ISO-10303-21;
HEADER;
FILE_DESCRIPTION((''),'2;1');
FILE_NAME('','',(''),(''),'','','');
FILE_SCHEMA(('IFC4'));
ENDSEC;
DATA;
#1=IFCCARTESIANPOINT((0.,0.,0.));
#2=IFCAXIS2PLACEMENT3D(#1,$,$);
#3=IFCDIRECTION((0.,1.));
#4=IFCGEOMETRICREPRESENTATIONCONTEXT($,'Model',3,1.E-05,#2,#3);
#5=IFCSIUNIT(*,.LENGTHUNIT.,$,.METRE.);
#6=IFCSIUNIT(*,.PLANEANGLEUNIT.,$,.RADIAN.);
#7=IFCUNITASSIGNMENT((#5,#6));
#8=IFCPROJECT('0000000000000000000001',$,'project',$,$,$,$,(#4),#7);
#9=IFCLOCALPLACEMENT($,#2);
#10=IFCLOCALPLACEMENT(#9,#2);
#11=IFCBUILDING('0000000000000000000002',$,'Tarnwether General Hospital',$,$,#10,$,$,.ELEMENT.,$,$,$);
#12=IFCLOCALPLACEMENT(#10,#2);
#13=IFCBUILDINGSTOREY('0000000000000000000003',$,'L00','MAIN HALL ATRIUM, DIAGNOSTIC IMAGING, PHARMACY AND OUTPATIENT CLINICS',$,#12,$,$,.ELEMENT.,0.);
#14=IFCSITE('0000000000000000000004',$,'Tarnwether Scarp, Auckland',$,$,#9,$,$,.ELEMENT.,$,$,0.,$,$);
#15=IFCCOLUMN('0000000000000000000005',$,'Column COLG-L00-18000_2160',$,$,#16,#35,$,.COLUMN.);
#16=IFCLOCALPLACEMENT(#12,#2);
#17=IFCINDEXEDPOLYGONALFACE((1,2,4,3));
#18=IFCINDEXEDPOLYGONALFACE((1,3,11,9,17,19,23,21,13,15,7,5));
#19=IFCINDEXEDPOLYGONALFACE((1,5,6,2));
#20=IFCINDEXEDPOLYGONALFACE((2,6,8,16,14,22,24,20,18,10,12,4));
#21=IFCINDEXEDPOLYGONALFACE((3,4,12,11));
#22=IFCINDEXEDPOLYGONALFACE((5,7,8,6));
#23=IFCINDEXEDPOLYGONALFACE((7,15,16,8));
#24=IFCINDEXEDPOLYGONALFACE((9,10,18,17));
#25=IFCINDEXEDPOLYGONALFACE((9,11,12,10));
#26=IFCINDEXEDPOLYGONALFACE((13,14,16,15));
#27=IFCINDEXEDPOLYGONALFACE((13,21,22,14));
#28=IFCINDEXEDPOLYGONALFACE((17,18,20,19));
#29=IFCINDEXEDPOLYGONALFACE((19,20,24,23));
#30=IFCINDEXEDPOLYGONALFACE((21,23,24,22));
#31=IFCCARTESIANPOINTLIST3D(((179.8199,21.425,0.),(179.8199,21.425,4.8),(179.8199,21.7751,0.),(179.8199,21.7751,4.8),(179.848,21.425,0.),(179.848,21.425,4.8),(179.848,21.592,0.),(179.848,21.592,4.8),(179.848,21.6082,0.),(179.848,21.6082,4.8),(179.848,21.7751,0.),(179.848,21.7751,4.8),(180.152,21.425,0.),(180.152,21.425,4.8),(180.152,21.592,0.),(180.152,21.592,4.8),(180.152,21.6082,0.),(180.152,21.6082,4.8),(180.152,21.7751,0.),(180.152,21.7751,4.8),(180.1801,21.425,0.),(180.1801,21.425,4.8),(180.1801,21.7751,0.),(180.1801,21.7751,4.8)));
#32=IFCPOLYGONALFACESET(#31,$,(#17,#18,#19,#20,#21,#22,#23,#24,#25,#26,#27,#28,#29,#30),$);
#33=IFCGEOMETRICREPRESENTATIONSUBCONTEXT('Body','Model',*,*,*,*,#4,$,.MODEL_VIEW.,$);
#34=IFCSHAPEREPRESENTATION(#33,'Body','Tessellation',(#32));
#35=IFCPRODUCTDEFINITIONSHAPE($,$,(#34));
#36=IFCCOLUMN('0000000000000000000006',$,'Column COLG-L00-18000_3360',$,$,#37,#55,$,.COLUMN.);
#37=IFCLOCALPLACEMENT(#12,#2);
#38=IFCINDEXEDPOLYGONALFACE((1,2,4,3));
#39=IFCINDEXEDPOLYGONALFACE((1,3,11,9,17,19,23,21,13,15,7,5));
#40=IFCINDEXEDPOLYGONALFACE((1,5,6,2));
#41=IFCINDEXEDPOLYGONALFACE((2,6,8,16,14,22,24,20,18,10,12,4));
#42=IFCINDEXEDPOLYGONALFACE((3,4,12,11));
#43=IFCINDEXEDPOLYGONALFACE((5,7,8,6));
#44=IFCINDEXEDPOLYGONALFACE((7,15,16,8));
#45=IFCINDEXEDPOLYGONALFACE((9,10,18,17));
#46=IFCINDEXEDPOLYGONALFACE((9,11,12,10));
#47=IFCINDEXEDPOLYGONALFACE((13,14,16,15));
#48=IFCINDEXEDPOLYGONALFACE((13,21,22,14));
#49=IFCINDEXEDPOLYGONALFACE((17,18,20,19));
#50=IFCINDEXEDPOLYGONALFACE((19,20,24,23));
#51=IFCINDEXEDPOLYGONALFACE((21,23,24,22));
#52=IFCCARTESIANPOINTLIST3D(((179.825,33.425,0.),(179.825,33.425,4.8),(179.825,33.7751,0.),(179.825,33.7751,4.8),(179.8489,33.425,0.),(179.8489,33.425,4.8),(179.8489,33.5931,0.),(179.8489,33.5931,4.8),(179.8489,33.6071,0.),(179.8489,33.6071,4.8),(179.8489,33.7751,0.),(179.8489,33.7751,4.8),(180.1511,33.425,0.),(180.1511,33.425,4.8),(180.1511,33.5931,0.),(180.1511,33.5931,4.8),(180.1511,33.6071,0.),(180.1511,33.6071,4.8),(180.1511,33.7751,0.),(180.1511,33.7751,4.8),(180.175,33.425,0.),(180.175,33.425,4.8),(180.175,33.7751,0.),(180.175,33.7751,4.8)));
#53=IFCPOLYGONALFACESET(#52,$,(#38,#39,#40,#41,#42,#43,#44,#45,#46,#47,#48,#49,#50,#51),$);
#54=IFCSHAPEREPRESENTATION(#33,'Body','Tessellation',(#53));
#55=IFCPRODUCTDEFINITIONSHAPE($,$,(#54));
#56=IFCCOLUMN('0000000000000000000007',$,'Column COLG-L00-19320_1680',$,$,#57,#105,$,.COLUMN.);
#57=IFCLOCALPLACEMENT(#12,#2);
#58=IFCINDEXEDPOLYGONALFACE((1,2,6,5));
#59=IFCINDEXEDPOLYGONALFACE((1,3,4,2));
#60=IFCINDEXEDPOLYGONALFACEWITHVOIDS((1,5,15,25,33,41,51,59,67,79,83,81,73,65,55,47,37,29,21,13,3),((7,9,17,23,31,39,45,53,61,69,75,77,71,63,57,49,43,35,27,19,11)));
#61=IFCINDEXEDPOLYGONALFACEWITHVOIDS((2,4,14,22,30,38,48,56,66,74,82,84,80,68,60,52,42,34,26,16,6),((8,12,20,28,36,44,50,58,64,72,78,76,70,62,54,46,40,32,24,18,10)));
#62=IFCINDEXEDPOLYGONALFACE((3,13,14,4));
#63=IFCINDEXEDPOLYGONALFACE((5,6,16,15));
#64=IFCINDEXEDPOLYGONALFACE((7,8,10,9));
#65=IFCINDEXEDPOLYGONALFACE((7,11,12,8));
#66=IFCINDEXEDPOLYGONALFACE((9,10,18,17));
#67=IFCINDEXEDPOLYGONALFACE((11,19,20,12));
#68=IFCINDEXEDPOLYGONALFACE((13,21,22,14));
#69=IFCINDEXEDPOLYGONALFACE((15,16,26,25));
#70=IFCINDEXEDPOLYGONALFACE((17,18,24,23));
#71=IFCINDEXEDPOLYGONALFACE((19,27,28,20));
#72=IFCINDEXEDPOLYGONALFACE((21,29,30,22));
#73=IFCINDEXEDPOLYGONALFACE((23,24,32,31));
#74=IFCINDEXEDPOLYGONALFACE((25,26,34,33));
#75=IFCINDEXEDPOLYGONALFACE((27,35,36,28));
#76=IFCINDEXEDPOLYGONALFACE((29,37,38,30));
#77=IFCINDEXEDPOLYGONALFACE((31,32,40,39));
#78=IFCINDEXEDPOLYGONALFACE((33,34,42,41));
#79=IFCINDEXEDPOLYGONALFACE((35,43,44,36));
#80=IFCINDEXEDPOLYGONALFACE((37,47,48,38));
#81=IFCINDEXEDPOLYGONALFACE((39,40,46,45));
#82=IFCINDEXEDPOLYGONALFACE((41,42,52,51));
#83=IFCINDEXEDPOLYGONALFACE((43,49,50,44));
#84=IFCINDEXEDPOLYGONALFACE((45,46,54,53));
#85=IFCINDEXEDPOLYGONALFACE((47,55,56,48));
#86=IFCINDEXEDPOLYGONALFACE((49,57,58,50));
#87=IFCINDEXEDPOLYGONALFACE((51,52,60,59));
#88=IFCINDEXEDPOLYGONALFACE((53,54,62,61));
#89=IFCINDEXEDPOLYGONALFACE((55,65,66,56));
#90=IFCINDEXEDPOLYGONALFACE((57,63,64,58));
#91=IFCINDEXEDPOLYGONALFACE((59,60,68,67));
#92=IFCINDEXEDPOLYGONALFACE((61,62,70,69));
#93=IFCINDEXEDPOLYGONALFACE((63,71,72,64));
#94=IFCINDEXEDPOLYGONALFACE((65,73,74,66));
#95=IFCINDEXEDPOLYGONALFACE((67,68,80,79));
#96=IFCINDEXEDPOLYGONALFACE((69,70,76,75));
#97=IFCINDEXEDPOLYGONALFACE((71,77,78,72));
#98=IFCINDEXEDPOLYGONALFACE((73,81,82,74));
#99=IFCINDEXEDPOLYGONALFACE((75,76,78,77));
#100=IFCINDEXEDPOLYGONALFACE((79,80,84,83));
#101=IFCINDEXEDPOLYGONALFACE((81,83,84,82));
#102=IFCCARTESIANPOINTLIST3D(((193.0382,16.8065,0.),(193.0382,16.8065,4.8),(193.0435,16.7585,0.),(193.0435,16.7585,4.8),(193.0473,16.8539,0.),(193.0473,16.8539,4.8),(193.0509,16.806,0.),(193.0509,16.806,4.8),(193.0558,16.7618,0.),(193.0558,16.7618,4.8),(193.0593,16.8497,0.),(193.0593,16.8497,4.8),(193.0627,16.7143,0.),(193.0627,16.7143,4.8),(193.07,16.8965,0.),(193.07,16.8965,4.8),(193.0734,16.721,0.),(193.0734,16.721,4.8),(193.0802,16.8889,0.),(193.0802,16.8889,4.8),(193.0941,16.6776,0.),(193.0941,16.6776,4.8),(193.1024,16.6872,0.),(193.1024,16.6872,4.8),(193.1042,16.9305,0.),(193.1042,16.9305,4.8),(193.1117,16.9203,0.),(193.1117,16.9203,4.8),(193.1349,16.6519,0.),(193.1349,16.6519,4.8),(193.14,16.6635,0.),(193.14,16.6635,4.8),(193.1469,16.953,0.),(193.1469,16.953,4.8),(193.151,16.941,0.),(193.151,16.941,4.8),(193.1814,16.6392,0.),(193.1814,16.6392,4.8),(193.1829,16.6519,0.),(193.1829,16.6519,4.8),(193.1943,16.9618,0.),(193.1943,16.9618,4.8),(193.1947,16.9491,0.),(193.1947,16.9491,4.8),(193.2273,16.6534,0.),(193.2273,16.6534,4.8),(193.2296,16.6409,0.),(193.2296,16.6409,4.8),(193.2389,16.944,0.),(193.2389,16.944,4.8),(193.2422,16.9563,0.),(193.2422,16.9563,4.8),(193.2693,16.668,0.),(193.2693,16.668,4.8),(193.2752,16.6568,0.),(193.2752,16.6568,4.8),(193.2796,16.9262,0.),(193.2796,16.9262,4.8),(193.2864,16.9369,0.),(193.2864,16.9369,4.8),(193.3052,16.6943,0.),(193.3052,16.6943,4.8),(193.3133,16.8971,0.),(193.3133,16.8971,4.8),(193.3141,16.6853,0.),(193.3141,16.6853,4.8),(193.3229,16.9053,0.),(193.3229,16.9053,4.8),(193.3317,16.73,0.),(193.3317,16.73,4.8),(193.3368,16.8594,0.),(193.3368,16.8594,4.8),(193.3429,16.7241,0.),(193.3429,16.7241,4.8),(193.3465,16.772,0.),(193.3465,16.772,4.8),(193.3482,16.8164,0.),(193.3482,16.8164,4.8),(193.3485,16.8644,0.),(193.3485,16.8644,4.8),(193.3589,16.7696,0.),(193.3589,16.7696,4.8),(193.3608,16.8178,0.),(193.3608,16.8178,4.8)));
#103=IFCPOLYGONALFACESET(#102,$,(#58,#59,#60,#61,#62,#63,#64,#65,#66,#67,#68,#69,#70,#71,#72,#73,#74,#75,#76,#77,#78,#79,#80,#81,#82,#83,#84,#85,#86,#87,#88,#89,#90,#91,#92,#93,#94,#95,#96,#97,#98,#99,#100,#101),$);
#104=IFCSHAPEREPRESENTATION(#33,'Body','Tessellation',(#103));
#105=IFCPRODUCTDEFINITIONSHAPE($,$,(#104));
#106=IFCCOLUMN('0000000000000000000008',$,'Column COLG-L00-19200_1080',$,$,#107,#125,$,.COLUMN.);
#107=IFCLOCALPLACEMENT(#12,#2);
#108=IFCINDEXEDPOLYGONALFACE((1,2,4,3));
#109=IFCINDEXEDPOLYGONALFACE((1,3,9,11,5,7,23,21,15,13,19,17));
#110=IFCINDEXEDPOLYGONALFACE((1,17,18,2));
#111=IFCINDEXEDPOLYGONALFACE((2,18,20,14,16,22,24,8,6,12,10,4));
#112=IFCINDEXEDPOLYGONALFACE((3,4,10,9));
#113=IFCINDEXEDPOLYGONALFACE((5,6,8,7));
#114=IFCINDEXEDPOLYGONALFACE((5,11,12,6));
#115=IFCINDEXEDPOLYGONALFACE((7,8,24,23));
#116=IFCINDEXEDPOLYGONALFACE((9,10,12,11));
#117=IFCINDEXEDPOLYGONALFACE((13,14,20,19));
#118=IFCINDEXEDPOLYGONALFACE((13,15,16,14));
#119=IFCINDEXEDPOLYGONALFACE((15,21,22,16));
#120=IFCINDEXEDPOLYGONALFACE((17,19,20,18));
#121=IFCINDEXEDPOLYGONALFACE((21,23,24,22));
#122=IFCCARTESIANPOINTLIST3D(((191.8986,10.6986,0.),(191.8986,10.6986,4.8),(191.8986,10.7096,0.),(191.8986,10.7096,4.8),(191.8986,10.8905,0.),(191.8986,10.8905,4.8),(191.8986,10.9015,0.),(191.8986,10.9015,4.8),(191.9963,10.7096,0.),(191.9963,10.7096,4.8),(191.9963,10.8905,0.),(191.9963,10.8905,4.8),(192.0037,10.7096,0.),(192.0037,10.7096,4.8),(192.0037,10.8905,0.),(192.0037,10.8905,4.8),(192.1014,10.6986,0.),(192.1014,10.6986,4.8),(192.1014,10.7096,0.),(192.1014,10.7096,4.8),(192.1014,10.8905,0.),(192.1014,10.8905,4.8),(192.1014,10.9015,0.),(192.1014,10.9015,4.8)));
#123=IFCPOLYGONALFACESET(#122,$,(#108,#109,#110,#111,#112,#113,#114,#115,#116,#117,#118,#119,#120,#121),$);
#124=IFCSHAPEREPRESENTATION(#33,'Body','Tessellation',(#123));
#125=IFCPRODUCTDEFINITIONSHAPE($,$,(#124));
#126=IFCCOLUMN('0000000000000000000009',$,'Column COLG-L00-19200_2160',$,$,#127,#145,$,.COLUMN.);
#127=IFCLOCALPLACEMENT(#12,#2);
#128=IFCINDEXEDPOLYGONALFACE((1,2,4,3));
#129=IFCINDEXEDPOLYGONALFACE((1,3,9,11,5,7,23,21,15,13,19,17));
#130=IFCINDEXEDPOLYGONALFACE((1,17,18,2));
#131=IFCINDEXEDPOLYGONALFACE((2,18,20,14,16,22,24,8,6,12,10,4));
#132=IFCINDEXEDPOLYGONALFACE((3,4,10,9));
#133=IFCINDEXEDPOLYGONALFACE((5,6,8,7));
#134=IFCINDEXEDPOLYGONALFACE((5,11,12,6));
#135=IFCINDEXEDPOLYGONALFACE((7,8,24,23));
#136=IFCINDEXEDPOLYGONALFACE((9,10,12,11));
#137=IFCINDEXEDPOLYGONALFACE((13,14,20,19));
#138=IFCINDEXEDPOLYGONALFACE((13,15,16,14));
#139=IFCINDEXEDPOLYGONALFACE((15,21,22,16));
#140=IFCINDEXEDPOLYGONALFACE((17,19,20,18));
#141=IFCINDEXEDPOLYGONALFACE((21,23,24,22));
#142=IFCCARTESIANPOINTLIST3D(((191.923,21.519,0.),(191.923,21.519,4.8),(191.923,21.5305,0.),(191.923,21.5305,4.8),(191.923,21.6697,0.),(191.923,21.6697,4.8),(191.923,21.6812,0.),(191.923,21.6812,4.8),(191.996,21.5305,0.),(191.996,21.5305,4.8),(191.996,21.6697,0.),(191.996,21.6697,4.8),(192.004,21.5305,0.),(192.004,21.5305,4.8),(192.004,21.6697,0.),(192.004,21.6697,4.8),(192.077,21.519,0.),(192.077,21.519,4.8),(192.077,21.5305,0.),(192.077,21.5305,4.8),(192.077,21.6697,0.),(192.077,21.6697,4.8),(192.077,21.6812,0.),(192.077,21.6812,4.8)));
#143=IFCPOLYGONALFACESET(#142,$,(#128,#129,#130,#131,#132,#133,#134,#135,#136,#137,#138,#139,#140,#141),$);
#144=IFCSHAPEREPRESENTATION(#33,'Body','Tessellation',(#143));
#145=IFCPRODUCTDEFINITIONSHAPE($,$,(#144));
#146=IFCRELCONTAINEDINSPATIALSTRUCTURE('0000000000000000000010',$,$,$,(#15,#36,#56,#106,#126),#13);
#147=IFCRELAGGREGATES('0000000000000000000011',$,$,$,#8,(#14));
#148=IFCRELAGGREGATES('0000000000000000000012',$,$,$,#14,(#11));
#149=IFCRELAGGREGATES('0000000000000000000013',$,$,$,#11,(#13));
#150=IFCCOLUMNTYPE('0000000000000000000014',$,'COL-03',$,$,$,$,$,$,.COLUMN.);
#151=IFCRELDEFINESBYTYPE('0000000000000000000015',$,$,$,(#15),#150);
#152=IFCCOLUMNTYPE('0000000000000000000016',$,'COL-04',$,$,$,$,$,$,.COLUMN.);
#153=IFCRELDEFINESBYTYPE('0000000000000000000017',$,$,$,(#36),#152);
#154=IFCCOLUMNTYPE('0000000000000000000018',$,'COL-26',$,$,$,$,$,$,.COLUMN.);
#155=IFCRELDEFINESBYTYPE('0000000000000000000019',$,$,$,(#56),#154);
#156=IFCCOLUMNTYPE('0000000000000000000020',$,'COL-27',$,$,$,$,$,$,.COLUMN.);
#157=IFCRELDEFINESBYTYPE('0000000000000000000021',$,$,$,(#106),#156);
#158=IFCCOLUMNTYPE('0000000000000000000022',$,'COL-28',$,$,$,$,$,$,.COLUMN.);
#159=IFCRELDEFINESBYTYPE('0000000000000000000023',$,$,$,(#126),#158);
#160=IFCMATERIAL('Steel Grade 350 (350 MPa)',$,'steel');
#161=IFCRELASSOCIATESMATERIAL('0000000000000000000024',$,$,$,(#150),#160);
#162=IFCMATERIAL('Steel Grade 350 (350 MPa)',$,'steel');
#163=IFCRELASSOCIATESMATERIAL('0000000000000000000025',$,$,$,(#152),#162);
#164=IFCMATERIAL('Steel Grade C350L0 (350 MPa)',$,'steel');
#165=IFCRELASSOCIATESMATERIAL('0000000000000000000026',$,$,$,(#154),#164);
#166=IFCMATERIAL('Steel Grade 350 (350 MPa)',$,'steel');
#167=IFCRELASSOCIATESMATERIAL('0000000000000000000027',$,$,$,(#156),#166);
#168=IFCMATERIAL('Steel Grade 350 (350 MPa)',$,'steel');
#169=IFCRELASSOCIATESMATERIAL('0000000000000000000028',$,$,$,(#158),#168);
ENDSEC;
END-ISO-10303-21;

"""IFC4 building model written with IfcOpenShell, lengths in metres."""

from ifc_helpers import new_model, si_unit, direction, frame, origin, origin_2d, place, context, subcontext, project, spatial, hollow_circle, i_section, extrude, material, material_profile, profile_set, type_object, element, save


model = new_model("IFC4")

# Units and contexts
model_context = context("Model", 3, precision=1e-05, world=origin(), true_north=direction((0.0, 1.0)))
body_context = subcontext(model_context, "Body", "Model", "MODEL_VIEW")
ifc_project = project(units=[si_unit("LENGTHUNIT", "METRE"), si_unit("PLANEANGLEUNIT", "RADIAN")], contexts=[model_context])

# Site, building, storey
site_placement = place(None, origin())
site = spatial("IfcSite", under=ifc_project, at=site_placement, Name="Tarnwether Scarp, Auckland", CompositionType="ELEMENT", RefElevation=0.0)
building_placement = place(site_placement, origin())
building = spatial("IfcBuilding", under=site, at=building_placement, Name="Tarnwether General Hospital", CompositionType="ELEMENT")
storey_placement = place(building_placement, origin())
storey = spatial("IfcBuildingStorey", under=building, at=storey_placement, Name="L00", Description="MAIN HALL ATRIUM, DIAGNOSTIC IMAGING, PHARMACY AND OUTPATIENT CLINICS", CompositionType="ELEMENT", Elevation=0.0)

# Columns
ifc_material_1 = material(Name="Steel Grade 350 (350 MPa)", Category="steel")
ifc_material_profile_1 = material_profile(ifc_material_1, i_section(OverallWidth=0.3501, OverallDepth=0.3601, WebThickness=0.0161, FlangeThickness=0.0281, at=origin_2d()), Name="350WC230")
ifc_profile_set_1 = profile_set([ifc_material_profile_1], Name="Steel Grade 350 (350 MPa)")
column_type_1 = type_object("IfcColumnType", Name="COL-03", PredefinedType="COLUMN", material=ifc_profile_set_1)
column_1_placement = place(storey_placement, frame((180.0, 21.6001, 0.0), z_axis=(0.0, 0.0, 1.0), x_axis=(0.0, 1.0, 0.0)))
element("IfcColumn", 1, at=column_1_placement, inside=storey, type_object=column_type_1, Name="Column COLG-L00-18000_2160", PredefinedType="COLUMN", context=body_context, shape_type="SweptSolid", body=[
    extrude(i_section(OverallWidth=0.3501, OverallDepth=0.3601, WebThickness=0.0161, FlangeThickness=0.0281, at=origin_2d()), origin(), (0.0, 0.0, 1.0), 4.8),
])
ifc_material_2 = material(Name="Steel Grade 350 (350 MPa)", Category="steel")
ifc_material_profile_2 = material_profile(ifc_material_2, i_section(OverallWidth=0.3501, OverallDepth=0.3501, WebThickness=0.0139, FlangeThickness=0.0239, at=origin_2d()), Name="350WC197")
ifc_profile_set_2 = profile_set([ifc_material_profile_2], Name="Steel Grade 350 (350 MPa)")
column_type_2 = type_object("IfcColumnType", Name="COL-04", PredefinedType="COLUMN", material=ifc_profile_set_2)
column_2_placement = place(storey_placement, frame((180.0, 33.6001, 0.0), z_axis=(0.0, 0.0, 1.0), x_axis=(0.0, 1.0, 0.0)))
element("IfcColumn", 2, at=column_2_placement, inside=storey, type_object=column_type_2, Name="Column COLG-L00-18000_3360", PredefinedType="COLUMN", context=body_context, shape_type="SweptSolid", body=[
    extrude(i_section(OverallWidth=0.3501, OverallDepth=0.3501, WebThickness=0.0139, FlangeThickness=0.0239, at=origin_2d()), origin(), (0.0, 0.0, 1.0), 4.8),
])
ifc_material_3 = material(Name="Steel Grade C350L0 (350 MPa)", Category="steel")
ifc_material_profile_3 = material_profile(ifc_material_3, hollow_circle(Radius=0.1619, WallThickness=0.0127, at=origin_2d()), Name="CHS323.9x12.7")
ifc_profile_set_3 = profile_set([ifc_material_profile_3], Name="Steel Grade C350L0 (350 MPa)")
column_type_3 = type_object("IfcColumnType", Name="COL-26", PredefinedType="COLUMN", material=ifc_profile_set_3)
column_3_placement = place(storey_placement, frame((193.2, 16.8, 0.0), z_axis=(0.0, 0.0, 1.0), x_axis=(0.882948, -0.469472, 0.0)))
element("IfcColumn", 3, at=column_3_placement, inside=storey, type_object=column_type_3, Name="Column COLG-L00-19320_1680", PredefinedType="COLUMN", context=body_context, shape_type="SweptSolid", body=[
    extrude(hollow_circle(Radius=0.1619, WallThickness=0.0127, at=origin_2d()), origin(), (0.0, 0.0, 1.0), 4.8),
])
ifc_material_4 = material(Name="Steel Grade 350 (350 MPa)", Category="steel")
ifc_material_profile_4 = material_profile(ifc_material_4, i_section(OverallWidth=0.2029, OverallDepth=0.2029, WebThickness=0.0073, FlangeThickness=0.011, at=origin_2d()), Name="200UC46.2")
ifc_profile_set_4 = profile_set([ifc_material_profile_4], Name="Steel Grade 350 (350 MPa)")
column_type_4 = type_object("IfcColumnType", Name="COL-27", PredefinedType="COLUMN", material=ifc_profile_set_4)
column_4_placement = place(storey_placement, frame((192.0, 10.8, 0.0), z_axis=(0.0, 0.0, 1.0), x_axis=(1.0, 0.0, 0.0)))
element("IfcColumn", 4, at=column_4_placement, inside=storey, type_object=column_type_4, Name="Column COLG-L00-19200_1080", PredefinedType="COLUMN", context=body_context, shape_type="SweptSolid", body=[
    extrude(i_section(OverallWidth=0.2029, OverallDepth=0.2029, WebThickness=0.0073, FlangeThickness=0.011, at=origin_2d()), origin(), (0.0, 0.0, 1.0), 4.8),
])
ifc_material_5 = material(Name="Steel Grade 350 (350 MPa)", Category="steel")
ifc_material_profile_5 = material_profile(ifc_material_5, i_section(OverallWidth=0.1541, OverallDepth=0.1621, WebThickness=0.0081, FlangeThickness=0.0115, at=origin_2d()), Name="150UC37.2")
ifc_profile_set_5 = profile_set([ifc_material_profile_5], Name="Steel Grade 350 (350 MPa)")
column_type_5 = type_object("IfcColumnType", Name="COL-28", PredefinedType="COLUMN", material=ifc_profile_set_5)
column_5_placement = place(storey_placement, frame((192.0, 21.6001, 0.0), z_axis=(0.0, 0.0, 1.0), x_axis=(1.0, 0.0, 0.0)))
element("IfcColumn", 5, at=column_5_placement, inside=storey, type_object=column_type_5, Name="Column COLG-L00-19200_2160", PredefinedType="COLUMN", context=body_context, shape_type="SweptSolid", body=[
    extrude(i_section(OverallWidth=0.1541, OverallDepth=0.1621, WebThickness=0.0081, FlangeThickness=0.0115, at=origin_2d()), origin(), (0.0, 0.0, 1.0), 4.8),
])

save(model, "model.ifc")
